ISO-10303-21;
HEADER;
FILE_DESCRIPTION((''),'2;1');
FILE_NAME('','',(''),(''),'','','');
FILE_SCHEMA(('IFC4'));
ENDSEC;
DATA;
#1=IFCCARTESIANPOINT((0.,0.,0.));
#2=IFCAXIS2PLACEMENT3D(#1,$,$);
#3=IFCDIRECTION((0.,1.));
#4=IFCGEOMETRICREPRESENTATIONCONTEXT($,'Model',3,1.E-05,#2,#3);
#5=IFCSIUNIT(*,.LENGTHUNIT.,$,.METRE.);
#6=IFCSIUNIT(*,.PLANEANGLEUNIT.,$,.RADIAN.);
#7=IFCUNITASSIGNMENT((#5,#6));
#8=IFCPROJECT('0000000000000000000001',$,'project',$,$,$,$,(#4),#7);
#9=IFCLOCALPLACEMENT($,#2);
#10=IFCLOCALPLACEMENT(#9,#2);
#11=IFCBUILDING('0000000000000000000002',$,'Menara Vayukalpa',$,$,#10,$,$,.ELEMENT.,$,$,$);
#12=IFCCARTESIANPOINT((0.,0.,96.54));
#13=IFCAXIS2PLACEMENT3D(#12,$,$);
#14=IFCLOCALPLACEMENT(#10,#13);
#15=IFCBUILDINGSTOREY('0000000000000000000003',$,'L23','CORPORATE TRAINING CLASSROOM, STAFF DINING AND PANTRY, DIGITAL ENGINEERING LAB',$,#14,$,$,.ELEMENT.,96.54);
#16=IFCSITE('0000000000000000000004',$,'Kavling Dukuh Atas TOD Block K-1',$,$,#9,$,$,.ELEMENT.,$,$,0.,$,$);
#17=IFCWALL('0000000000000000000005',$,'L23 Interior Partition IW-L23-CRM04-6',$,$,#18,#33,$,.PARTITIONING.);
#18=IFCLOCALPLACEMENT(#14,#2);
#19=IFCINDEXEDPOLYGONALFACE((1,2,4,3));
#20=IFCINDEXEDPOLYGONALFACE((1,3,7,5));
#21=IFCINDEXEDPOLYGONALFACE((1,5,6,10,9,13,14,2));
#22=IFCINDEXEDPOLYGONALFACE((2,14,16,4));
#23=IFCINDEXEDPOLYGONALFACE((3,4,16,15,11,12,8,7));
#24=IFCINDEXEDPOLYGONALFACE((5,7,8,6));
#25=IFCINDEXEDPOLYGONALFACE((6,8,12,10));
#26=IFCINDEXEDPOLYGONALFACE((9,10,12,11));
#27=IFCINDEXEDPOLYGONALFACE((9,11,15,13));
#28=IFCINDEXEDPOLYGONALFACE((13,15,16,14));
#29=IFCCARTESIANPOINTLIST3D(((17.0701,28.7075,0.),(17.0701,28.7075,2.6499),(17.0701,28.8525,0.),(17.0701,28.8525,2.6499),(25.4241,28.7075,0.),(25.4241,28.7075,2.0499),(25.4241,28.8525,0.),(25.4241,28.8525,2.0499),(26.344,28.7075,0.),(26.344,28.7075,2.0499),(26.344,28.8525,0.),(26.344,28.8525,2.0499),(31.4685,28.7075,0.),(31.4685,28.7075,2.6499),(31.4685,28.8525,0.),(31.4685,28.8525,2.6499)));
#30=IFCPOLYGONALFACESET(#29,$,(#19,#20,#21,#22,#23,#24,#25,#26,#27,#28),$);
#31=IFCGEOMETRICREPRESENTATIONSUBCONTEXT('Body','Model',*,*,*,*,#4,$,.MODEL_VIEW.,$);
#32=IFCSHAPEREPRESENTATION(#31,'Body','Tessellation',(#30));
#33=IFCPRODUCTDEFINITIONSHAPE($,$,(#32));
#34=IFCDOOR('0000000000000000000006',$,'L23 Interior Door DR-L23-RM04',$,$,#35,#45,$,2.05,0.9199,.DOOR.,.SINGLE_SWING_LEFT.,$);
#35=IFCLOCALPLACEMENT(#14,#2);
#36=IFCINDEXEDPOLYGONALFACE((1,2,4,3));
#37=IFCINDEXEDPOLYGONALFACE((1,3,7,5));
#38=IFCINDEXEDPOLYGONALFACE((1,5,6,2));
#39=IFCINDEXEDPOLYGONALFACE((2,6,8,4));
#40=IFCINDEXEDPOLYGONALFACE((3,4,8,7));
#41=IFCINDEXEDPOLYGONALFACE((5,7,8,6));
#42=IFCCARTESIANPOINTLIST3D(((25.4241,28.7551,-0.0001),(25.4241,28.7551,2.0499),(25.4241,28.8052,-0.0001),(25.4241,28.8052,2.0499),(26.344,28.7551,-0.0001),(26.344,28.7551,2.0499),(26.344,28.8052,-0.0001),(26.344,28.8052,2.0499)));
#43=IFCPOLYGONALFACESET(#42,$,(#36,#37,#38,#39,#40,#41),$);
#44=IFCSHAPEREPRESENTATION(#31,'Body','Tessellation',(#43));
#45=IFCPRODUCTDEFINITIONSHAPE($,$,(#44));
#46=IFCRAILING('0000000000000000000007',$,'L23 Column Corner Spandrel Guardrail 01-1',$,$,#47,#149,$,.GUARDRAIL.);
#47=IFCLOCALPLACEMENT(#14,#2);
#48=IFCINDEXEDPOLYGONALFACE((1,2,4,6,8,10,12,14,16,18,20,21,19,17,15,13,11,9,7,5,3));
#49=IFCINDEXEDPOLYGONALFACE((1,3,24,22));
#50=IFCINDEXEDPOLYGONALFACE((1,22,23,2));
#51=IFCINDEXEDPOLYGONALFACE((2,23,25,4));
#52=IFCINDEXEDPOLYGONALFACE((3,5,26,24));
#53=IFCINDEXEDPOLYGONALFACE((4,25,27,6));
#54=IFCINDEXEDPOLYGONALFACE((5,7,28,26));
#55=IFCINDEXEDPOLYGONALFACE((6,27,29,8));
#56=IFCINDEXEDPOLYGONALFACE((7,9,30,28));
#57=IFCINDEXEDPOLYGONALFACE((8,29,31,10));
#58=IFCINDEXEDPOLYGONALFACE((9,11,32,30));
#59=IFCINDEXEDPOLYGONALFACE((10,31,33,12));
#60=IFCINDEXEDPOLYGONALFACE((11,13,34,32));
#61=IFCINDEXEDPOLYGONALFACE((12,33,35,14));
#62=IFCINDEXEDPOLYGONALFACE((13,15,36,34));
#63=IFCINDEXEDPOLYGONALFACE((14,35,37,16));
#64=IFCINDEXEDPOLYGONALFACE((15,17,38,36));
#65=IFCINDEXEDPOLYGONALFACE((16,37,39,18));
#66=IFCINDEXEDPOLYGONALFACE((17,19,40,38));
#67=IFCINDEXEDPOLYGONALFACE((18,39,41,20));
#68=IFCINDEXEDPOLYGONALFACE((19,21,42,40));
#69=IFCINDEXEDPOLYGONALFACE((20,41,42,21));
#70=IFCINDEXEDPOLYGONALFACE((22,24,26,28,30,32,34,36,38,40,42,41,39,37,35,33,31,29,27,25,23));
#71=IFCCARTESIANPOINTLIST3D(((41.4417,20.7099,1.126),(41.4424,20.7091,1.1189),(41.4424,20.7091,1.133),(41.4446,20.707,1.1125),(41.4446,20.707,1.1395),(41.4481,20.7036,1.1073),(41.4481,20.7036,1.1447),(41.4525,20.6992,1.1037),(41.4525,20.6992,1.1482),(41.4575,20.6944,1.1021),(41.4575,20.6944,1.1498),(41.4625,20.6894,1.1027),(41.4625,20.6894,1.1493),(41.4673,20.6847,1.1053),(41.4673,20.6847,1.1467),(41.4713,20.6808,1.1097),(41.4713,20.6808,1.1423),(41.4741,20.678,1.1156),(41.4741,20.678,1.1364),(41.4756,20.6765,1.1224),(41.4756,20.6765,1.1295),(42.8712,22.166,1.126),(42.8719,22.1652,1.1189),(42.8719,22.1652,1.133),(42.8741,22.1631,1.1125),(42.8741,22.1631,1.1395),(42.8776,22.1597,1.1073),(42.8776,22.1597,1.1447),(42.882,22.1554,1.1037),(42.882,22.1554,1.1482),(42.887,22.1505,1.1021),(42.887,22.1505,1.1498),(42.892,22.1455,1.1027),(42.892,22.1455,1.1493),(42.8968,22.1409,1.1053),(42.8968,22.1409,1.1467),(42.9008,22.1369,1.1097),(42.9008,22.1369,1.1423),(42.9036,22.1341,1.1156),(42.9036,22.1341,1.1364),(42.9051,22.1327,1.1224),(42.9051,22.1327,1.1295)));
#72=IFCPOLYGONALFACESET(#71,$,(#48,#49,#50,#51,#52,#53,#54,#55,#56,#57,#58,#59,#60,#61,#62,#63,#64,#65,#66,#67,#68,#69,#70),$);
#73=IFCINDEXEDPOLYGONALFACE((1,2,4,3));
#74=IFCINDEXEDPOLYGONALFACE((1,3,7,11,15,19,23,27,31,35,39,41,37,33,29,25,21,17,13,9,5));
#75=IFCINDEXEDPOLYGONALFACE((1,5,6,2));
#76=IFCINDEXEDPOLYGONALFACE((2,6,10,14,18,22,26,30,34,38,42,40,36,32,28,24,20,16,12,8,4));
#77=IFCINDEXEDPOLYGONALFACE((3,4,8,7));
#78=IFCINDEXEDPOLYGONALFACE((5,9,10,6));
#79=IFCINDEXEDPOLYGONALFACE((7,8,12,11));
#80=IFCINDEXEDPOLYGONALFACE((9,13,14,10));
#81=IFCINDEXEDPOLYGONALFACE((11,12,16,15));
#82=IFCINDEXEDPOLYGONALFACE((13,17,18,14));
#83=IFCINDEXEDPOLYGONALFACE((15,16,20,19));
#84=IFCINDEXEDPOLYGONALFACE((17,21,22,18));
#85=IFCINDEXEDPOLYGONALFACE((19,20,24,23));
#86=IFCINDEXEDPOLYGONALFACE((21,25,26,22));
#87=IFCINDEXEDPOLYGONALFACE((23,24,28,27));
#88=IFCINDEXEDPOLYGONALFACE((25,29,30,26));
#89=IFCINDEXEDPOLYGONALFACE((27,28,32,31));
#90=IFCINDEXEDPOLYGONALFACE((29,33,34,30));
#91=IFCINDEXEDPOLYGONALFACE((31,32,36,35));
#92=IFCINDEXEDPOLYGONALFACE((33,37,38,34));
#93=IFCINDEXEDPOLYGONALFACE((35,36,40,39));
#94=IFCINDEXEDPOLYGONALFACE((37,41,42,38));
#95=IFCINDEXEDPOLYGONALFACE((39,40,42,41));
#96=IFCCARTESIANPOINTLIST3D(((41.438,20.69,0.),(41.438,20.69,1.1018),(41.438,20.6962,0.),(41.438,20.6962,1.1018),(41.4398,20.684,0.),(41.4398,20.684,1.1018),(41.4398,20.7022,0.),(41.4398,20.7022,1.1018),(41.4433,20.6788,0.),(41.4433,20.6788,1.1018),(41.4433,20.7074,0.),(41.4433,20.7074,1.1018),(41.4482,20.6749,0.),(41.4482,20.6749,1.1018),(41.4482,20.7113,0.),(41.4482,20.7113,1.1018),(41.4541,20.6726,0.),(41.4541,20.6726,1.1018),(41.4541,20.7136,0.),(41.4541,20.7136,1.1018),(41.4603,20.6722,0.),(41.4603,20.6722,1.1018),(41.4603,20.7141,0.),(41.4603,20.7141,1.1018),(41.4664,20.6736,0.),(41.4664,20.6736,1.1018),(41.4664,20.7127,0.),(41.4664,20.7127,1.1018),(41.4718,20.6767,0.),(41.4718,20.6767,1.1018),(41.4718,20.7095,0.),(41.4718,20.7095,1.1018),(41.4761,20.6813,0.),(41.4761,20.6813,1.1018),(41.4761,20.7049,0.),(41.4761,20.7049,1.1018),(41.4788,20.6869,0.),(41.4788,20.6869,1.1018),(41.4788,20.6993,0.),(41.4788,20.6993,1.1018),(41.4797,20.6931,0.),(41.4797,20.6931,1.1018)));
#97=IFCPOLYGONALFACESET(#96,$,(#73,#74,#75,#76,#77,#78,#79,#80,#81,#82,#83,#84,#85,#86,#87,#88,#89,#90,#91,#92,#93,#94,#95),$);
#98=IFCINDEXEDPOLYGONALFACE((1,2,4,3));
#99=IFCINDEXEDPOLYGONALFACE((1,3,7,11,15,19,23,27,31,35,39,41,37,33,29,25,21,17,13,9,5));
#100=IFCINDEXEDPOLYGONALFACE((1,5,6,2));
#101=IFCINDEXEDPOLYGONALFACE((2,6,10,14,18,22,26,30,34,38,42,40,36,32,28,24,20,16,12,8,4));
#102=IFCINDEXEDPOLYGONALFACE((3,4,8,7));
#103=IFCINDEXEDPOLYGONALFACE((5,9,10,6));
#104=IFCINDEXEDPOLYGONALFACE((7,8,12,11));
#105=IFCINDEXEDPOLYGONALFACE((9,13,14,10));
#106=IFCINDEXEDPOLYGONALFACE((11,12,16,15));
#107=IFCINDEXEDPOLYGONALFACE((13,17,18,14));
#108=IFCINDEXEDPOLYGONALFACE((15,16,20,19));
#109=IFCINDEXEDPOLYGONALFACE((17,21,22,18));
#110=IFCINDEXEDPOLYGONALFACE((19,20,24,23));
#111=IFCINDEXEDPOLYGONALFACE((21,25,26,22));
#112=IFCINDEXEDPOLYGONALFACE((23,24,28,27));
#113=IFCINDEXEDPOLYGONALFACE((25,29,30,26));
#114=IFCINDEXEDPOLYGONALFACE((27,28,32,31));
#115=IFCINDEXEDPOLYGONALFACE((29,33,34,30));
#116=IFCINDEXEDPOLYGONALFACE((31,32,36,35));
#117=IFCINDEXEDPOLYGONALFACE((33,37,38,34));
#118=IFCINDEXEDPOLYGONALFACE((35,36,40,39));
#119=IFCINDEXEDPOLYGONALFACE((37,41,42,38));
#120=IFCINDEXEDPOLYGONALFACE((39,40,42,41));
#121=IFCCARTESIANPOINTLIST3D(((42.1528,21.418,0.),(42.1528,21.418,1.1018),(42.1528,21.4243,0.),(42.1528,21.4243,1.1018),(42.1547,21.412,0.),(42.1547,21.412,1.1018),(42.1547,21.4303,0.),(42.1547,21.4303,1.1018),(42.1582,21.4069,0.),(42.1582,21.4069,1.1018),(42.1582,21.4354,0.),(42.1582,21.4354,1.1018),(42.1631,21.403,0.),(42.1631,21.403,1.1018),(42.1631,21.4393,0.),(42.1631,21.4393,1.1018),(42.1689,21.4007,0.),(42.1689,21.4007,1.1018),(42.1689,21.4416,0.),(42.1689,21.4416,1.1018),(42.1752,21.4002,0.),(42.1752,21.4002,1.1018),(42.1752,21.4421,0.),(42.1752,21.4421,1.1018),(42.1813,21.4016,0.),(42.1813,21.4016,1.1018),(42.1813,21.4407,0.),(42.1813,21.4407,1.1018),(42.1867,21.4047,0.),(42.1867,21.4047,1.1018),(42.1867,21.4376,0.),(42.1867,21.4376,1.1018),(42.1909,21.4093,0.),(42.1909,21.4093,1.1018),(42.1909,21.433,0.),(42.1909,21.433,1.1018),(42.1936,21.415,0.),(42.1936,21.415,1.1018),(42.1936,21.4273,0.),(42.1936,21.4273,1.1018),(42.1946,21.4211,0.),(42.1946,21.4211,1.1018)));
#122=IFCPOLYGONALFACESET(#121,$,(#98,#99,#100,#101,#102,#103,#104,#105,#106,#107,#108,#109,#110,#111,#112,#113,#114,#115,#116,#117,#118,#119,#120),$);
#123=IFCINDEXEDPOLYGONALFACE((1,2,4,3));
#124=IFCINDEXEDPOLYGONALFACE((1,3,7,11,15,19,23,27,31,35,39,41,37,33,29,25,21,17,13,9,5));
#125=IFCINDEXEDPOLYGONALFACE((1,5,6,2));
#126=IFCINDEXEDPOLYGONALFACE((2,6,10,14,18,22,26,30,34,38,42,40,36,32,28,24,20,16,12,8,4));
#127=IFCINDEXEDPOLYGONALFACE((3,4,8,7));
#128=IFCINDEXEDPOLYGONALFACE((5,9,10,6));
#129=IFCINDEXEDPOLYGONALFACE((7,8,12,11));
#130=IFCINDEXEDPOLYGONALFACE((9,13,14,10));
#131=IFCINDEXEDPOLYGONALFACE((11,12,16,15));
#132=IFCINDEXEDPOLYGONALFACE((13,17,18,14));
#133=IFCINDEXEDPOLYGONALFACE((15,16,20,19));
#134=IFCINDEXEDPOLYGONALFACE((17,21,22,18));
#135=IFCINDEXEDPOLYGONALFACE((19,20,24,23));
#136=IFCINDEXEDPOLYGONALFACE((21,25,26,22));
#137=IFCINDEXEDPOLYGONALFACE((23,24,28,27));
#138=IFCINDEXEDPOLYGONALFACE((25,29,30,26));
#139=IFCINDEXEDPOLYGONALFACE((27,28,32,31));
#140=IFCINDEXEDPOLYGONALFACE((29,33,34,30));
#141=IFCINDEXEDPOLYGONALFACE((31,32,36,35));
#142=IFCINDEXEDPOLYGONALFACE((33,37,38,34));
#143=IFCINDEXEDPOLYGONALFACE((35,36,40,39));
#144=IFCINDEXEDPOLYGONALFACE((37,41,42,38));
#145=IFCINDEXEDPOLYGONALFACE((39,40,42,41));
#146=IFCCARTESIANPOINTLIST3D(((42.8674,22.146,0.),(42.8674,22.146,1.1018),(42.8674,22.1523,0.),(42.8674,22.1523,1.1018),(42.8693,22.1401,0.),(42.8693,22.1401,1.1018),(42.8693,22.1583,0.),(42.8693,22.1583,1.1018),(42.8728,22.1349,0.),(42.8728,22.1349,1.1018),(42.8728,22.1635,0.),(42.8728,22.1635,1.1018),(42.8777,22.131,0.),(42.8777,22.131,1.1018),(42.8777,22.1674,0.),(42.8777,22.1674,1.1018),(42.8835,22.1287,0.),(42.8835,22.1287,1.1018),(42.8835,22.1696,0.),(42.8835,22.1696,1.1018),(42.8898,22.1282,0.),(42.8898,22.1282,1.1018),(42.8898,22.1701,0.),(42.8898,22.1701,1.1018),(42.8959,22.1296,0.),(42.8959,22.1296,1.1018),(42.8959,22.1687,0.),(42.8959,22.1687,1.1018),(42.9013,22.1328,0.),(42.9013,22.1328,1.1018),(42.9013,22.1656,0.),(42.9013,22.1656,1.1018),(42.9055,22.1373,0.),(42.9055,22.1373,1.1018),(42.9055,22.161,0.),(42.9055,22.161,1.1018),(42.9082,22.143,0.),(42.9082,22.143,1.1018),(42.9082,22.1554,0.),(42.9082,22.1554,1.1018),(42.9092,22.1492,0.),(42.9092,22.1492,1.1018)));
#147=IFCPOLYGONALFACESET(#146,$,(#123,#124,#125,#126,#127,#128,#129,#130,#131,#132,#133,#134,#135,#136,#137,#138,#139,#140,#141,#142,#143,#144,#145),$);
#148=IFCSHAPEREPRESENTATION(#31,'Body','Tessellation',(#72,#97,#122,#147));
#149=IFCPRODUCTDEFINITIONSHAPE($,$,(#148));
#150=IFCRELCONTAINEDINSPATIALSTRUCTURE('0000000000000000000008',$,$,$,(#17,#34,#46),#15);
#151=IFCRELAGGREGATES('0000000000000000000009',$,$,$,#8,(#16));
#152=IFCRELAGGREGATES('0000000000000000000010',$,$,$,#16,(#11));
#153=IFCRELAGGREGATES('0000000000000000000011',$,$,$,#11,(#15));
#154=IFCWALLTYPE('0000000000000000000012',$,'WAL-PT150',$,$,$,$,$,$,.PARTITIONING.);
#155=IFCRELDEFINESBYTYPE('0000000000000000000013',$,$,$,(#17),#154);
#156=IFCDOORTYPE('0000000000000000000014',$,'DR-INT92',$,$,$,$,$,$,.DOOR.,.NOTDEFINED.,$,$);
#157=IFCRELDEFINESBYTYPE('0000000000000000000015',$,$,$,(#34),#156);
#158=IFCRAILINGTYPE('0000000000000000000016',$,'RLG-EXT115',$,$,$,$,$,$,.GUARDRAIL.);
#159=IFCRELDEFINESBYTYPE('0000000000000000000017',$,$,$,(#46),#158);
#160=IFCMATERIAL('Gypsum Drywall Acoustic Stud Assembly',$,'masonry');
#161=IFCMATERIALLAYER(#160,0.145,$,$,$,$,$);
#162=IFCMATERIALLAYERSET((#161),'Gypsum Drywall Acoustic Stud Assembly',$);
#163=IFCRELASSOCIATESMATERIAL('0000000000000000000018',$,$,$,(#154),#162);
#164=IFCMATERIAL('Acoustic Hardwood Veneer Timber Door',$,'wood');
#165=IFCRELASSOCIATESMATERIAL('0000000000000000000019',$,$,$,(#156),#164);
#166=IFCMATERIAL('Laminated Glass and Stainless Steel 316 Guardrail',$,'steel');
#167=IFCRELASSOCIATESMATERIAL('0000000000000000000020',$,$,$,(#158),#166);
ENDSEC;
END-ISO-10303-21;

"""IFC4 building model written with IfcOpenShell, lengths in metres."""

from ifc_helpers import new_model, si_unit, direction, frame, frame_2d, origin, origin_2d, place, context, subcontext, project, spatial, rectangle, circle, extrude, material, layer, layer_set, type_object, element, fill, save


model = new_model("IFC4")

# Units and contexts
model_context = context("Model", 3, precision=1e-05, world=origin(), true_north=direction((0.0, 1.0)))
body_context = subcontext(model_context, "Body", "Model", "MODEL_VIEW")
ifc_project = project(units=[si_unit("LENGTHUNIT", "METRE"), si_unit("PLANEANGLEUNIT", "RADIAN")], contexts=[model_context])

# Site, building, storey
site_placement = place(None, origin())
site = spatial("IfcSite", under=ifc_project, at=site_placement, Name="Kavling Dukuh Atas TOD Block K-1", CompositionType="ELEMENT", RefElevation=0.0)
building_placement = place(site_placement, origin())
building = spatial("IfcBuilding", under=site, at=building_placement, Name="Menara Vayukalpa", CompositionType="ELEMENT")
storey_placement = place(building_placement, frame((0.0, 0.0, 96.54)))
storey = spatial("IfcBuildingStorey", under=building, at=storey_placement, Name="L23", Description="CORPORATE TRAINING CLASSROOM, STAFF DINING AND PANTRY, DIGITAL ENGINEERING LAB", CompositionType="ELEMENT", Elevation=96.54)

# Shared definitions
ifc_material_1 = material(Name="Gypsum Drywall Acoustic Stud Assembly", Category="masonry")
ifc_layer_1 = layer(ifc_material_1, 0.145)
ifc_layer_set_1 = layer_set([ifc_layer_1], Name="Gypsum Drywall Acoustic Stud Assembly")
wall_type_1 = type_object("IfcWallType", Name="WAL-PT150", PredefinedType="PARTITIONING", material=ifc_layer_set_1)

# Wall, opening, door
wall_1_placement = place(storey_placement, frame((31.4685, 28.78, 0.0), z_axis=(0.0, 0.0, 1.0), x_axis=(-1.0, 0.0, 0.0)))
wall_1 = element("IfcWall", 1, at=wall_1_placement, inside=storey, type_object=wall_type_1, Name="L23 Interior Partition IW-L23-CRM04-6", PredefinedType="PARTITIONING", context=body_context, shape_type="SweptSolid", body=[
    extrude(rectangle(XDim=14.3984, YDim=0.145, at=frame_2d((7.1992, 0.0))), origin(), (0.0, 0.0, 1.0), 2.6499),
])
opening_placement = place(wall_1_placement, frame((5.1245, 0.0, 0.0)))
opening = element("IfcOpeningElement", 2, at=opening_placement, cuts=wall_1, PredefinedType="OPENING", context=body_context, shape_type="SweptSolid", body=[
    extrude(rectangle(XDim=0.9199, YDim=2.05, at=frame_2d((0.46, 1.0249))), frame((0.0, 0.0825, 0.0), z_axis=(0.0, -1.0, 0.0), x_axis=(1.0, 0.0, 0.0)), (0.0, 0.0, 1.0), 0.165),
])
ifc_material_2 = material(Name="Acoustic Hardwood Veneer Timber Door", Category="wood")
door_type = type_object("IfcDoorType", Name="DR-INT92", OperationType="NOTDEFINED", PredefinedType="DOOR", material=ifc_material_2)
door_placement = place(opening_placement, origin())
door = element("IfcDoor", 3, at=door_placement, inside=storey, type_object=door_type, Name="L23 Interior Door DR-L23-RM04", OperationType="SINGLE_SWING_LEFT", OverallHeight=2.05, OverallWidth=0.9199, PredefinedType="DOOR", context=body_context, shape_type="SweptSolid", body=[
    extrude(rectangle(XDim=0.9199, YDim=2.05, at=frame_2d((0.46, 1.0249))), frame((0.0, 0.0249, 0.0), z_axis=(0.0, -1.0, 0.0), x_axis=(1.0, 0.0, 0.0)), (0.0, 0.0, 1.0), 0.05),
])
fill(opening, door)

# Railing
ifc_material_3 = material(Name="Laminated Glass and Stainless Steel 316 Guardrail", Category="steel")
railing_type_1 = type_object("IfcRailingType", Name="RLG-EXT115", PredefinedType="GUARDRAIL", material=ifc_material_3)
railing_1_placement = place(storey_placement, frame((41.4587, 20.6931, 0.0)))
element("IfcRailing", 4, at=railing_1_placement, inside=storey, type_object=railing_type_1, Name="L23 Column Corner Spandrel Guardrail 01-1", PredefinedType="GUARDRAIL", context=body_context, shape_type="SweptSolid", body=[
    extrude(circle(Radius=0.0239, at=origin_2d()), frame((0.0, 0.0, 1.126), z_axis=(0.700556, 0.713598, 0.0), x_axis=(-0.713598, 0.700556, 0.0)), (0.0, 0.0, 1.0), 2.0405),
    extrude(circle(Radius=0.021, at=origin_2d()), origin(), (0.0, 0.0, 1.0), 1.1018),
    extrude(circle(Radius=0.021, at=origin_2d()), frame((0.7148, 0.728, 0.0)), (0.0, 0.0, 1.0), 1.1018),
    extrude(circle(Radius=0.021, at=origin_2d()), frame((1.4294, 1.4561, 0.0)), (0.0, 0.0, 1.0), 1.1018),
])

save(model, "model.ifc")
